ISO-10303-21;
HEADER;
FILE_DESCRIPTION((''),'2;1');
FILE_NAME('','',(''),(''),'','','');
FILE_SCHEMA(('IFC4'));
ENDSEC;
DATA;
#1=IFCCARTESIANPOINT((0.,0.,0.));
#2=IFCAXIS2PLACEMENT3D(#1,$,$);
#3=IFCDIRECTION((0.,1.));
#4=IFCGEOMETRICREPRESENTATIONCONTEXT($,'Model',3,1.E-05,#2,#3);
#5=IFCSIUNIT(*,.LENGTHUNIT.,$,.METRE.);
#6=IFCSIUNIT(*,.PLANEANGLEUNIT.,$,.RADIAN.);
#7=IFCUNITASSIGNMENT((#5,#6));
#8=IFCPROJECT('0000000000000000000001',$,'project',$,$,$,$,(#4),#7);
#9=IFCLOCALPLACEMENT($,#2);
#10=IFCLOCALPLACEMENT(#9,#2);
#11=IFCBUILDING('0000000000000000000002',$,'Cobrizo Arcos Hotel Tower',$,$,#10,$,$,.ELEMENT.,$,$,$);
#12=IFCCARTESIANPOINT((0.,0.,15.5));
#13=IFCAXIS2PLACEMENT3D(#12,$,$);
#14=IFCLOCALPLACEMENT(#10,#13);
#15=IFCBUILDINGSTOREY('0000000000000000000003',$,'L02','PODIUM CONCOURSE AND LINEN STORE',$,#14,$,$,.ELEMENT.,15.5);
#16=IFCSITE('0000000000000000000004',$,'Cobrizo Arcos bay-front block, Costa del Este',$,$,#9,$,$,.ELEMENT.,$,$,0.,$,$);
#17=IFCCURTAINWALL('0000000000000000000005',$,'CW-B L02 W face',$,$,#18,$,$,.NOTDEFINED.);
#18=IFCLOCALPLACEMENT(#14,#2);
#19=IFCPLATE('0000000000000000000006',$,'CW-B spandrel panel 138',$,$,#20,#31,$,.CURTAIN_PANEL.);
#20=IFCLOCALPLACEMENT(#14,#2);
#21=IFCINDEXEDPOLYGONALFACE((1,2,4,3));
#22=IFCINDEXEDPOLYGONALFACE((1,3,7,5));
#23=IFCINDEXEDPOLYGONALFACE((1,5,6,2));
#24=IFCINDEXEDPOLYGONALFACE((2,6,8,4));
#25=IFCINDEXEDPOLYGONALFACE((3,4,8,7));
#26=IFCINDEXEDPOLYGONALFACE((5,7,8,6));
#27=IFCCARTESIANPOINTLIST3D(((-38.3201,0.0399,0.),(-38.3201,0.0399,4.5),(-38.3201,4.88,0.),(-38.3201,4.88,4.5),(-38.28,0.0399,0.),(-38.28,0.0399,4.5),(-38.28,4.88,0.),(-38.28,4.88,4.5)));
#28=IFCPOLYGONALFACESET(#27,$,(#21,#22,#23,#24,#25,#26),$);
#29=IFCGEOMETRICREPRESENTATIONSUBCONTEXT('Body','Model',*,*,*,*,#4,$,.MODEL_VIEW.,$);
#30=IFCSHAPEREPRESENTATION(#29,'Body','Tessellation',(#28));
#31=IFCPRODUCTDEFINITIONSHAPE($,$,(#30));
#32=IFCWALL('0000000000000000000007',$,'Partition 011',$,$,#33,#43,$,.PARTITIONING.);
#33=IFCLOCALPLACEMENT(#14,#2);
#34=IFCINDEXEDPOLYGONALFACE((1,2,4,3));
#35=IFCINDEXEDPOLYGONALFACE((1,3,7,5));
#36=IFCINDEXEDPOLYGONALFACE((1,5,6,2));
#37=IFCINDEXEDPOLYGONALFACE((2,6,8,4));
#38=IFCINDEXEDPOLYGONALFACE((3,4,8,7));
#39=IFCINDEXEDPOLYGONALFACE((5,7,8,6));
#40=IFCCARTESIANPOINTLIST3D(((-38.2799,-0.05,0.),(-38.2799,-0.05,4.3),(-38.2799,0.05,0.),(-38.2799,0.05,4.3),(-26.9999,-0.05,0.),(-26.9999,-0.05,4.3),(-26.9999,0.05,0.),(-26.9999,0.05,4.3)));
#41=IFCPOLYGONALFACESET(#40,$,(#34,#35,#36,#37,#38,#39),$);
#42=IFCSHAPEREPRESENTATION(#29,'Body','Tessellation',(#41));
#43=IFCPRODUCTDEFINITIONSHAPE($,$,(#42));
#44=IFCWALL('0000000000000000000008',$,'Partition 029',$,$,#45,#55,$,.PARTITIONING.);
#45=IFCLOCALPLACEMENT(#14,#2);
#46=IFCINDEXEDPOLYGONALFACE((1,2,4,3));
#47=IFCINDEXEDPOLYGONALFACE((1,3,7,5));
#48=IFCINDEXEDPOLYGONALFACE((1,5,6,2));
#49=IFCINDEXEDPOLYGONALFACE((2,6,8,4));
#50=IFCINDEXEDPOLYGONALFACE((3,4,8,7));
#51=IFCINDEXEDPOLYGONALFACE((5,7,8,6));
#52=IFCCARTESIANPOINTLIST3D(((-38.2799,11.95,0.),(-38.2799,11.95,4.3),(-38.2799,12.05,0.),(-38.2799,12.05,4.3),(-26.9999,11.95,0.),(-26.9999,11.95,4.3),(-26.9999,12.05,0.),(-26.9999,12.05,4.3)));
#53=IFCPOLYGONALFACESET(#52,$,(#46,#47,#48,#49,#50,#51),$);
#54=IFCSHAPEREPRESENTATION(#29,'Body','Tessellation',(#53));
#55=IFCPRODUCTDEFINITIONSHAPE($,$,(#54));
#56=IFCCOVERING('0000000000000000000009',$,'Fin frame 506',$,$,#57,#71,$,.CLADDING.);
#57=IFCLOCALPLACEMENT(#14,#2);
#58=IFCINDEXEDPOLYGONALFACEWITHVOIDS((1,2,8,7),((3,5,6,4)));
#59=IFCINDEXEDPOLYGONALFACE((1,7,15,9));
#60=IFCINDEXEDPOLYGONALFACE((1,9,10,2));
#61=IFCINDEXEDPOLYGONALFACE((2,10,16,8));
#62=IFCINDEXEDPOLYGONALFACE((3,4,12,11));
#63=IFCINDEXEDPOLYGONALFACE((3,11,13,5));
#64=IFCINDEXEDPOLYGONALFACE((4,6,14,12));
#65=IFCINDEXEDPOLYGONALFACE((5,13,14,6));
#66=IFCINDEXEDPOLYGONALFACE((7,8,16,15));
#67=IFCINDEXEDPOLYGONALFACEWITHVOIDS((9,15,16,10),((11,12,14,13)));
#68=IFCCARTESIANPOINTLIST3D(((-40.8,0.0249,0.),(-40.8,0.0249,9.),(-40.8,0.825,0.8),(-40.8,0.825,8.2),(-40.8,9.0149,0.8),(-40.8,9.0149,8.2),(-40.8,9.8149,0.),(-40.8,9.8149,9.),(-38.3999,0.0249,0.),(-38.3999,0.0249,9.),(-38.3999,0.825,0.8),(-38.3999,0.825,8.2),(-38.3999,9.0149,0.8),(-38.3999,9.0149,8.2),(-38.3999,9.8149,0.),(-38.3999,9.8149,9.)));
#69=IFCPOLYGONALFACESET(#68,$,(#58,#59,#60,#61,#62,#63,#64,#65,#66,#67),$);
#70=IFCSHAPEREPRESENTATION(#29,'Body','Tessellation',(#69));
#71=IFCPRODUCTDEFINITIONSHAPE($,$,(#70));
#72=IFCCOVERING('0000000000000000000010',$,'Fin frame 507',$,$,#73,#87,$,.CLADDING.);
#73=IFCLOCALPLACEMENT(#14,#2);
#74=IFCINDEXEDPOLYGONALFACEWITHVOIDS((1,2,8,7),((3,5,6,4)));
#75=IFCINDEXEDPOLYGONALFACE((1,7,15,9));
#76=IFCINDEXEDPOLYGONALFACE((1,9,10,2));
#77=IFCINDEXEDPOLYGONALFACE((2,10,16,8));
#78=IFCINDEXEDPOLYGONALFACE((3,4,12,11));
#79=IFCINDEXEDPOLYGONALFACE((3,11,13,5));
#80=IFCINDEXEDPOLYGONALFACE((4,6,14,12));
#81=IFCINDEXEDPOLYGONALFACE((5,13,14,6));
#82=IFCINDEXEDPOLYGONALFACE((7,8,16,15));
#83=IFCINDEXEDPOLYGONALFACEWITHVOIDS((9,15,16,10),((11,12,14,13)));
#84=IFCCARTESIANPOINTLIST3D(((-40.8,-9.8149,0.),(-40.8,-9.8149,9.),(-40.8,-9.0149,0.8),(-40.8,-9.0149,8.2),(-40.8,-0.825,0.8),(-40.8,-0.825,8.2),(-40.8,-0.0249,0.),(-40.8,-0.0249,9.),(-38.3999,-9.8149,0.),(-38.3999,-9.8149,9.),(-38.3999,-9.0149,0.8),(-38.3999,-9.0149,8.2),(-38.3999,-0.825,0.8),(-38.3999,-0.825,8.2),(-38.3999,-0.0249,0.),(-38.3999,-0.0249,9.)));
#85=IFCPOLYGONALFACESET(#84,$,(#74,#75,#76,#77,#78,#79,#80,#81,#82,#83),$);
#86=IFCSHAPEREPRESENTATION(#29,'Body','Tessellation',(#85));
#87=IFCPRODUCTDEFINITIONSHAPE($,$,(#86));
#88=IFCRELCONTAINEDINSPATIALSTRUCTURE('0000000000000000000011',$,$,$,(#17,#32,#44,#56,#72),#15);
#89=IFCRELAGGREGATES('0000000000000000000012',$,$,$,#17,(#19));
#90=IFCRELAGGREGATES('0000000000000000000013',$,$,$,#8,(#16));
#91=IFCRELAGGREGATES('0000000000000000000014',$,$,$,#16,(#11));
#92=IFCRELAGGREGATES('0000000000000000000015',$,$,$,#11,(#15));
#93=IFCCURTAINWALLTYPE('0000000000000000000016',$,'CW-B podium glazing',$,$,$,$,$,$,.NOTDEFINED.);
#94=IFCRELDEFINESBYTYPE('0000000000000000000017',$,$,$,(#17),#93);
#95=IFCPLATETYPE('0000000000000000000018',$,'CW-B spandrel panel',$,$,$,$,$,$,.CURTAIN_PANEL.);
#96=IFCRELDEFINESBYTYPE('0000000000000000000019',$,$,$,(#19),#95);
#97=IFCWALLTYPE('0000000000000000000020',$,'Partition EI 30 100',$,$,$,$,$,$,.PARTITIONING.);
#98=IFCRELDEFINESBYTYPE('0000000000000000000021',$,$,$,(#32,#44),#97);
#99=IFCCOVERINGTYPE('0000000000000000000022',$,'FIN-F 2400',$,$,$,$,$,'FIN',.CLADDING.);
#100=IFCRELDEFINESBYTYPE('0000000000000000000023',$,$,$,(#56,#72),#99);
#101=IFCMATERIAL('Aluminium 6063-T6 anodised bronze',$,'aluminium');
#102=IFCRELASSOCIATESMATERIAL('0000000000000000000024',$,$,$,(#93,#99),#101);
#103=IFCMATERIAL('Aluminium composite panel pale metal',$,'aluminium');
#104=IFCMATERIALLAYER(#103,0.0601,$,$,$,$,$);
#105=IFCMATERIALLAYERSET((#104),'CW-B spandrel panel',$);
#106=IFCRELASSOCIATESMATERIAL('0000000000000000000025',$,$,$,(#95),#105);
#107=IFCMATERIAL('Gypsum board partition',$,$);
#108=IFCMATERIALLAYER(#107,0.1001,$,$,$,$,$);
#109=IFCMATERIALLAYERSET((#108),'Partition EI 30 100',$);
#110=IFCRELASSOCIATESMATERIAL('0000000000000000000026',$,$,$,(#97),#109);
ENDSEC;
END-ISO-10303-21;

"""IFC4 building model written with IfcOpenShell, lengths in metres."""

from ifc_helpers import new_model, si_unit, direction, frame, frame_2d, origin, origin_2d, place, context, subcontext, project, spatial, polyline, rectangle, outline, extrude, material, layer, layer_set, type_object, element, aggregate, save


model = new_model("IFC4")

# Units and contexts
model_context = context("Model", 3, precision=1e-05, world=origin(), true_north=direction((0.0, 1.0)))
body_context = subcontext(model_context, "Body", "Model", "MODEL_VIEW")
ifc_project = project(units=[si_unit("LENGTHUNIT", "METRE"), si_unit("PLANEANGLEUNIT", "RADIAN")], contexts=[model_context])

# Site, building, storey
site_placement = place(None, origin())
site = spatial("IfcSite", under=ifc_project, at=site_placement, Name="Cobrizo Arcos bay-front block, Costa del Este", CompositionType="ELEMENT", RefElevation=0.0)
building_placement = place(site_placement, origin())
building = spatial("IfcBuilding", under=site, at=building_placement, Name="Cobrizo Arcos Hotel Tower", CompositionType="ELEMENT")
storey_placement = place(building_placement, frame((0.0, 0.0, 15.5)))
storey = spatial("IfcBuildingStorey", under=building, at=storey_placement, Name="L02", Description="PODIUM CONCOURSE AND LINEN STORE", CompositionType="ELEMENT", Elevation=15.5)

# Curtain wall
ifc_material_1 = material(Name="Aluminium 6063-T6 anodised bronze", Category="aluminium")
curtain_wall_type = type_object("IfcCurtainWallType", Name="CW-B podium glazing", PredefinedType="NOTDEFINED", material=ifc_material_1)
curtain_wall_placement = place(storey_placement, origin())
curtain_wall = element("IfcCurtainWall", 1, at=curtain_wall_placement, inside=storey, type_object=curtain_wall_type, Name="CW-B L02 W face", PredefinedType="NOTDEFINED")

# Plate
ifc_material_2 = material(Name="Aluminium composite panel pale metal", Category="aluminium")
ifc_layer_1 = layer(ifc_material_2, 0.0601)
ifc_layer_set_1 = layer_set([ifc_layer_1], Name="CW-B spandrel panel")
plate_type_1 = type_object("IfcPlateType", Name="CW-B spandrel panel", PredefinedType="CURTAIN_PANEL", material=ifc_layer_set_1)
plate_1_placement = place(storey_placement, frame((-38.3, 2.46, 0.0), z_axis=(0.0, 0.0, 1.0), x_axis=(0.0, -1.0, 0.0)))
plate_1 = element("IfcPlate", 2, at=plate_1_placement, type_object=plate_type_1, Name="CW-B spandrel panel 138", PredefinedType="CURTAIN_PANEL", context=body_context, shape_type="SweptSolid", body=[
    extrude(rectangle(XDim=4.8401, YDim=0.04, at=origin_2d()), origin(), (0.0, 0.0, 1.0), 4.5),
])
aggregate(curtain_wall, [plate_1])

# Walls
ifc_material_3 = material(Name="Gypsum board partition")
ifc_layer_2 = layer(ifc_material_3, 0.1001)
ifc_layer_set_2 = layer_set([ifc_layer_2], Name="Partition EI 30 100")
wall_type = type_object("IfcWallType", Name="Partition EI 30 100", PredefinedType="PARTITIONING", material=ifc_layer_set_2)
for number, where, z_axis, x_axis, name in (
    (3, (-38.28, 0.0, 0.0), (0.0, 0.0, 1.0), (1.0, 0.0, 0.0), "Partition 011"),
    (4, (-38.28, 12.0, 0.0), (0.0, 0.0, 1.0), (1.0, 0.0, 0.0), "Partition 029"),
):
    element("IfcWall", number, at=place(storey_placement, frame(where, z_axis=z_axis, x_axis=x_axis)), inside=storey, type_object=wall_type, Name=name, PredefinedType="PARTITIONING", context=body_context, shape_type="SweptSolid", body=[
        extrude(rectangle(XDim=11.28, YDim=0.1001, at=frame_2d((5.6401, 0.0))), origin(), (0.0, 0.0, 1.0), 4.3),
    ])

# Coverings
covering_type = type_object("IfcCoveringType", Name="FIN-F 2400", ElementType="FIN", PredefinedType="CLADDING", material=ifc_material_1)
for number, where, z_axis, x_axis, name in (
    (5, (-38.3999, 9.8149, 0.0), (-1.0, 0.0, 0.0), (0.0, -1.0, 0.0), "Fin frame 506"),
    (6, (-38.3999, -0.0249, 0.0), (-1.0, 0.0, 0.0), (0.0, -1.0, 0.0), "Fin frame 507"),
):
    element("IfcCovering", number, at=place(storey_placement, frame(where, z_axis=z_axis, x_axis=x_axis)), inside=storey, type_object=covering_type, Name=name, PredefinedType="CLADDING", context=body_context, shape_type="SweptSolid", body=[
        extrude(outline(polyline([(0.0, 9.0), (0.0, 0.0), (9.79, 0.0), (9.79, 9.0), (0.0, 9.0)]), holes=[polyline([(8.99, 0.8), (0.8, 0.8), (0.8, 8.2), (8.99, 8.2), (8.99, 0.8)])]), origin(), (0.0, 0.0, 1.0), 2.4001),
    ])

save(model, "model.ifc")
